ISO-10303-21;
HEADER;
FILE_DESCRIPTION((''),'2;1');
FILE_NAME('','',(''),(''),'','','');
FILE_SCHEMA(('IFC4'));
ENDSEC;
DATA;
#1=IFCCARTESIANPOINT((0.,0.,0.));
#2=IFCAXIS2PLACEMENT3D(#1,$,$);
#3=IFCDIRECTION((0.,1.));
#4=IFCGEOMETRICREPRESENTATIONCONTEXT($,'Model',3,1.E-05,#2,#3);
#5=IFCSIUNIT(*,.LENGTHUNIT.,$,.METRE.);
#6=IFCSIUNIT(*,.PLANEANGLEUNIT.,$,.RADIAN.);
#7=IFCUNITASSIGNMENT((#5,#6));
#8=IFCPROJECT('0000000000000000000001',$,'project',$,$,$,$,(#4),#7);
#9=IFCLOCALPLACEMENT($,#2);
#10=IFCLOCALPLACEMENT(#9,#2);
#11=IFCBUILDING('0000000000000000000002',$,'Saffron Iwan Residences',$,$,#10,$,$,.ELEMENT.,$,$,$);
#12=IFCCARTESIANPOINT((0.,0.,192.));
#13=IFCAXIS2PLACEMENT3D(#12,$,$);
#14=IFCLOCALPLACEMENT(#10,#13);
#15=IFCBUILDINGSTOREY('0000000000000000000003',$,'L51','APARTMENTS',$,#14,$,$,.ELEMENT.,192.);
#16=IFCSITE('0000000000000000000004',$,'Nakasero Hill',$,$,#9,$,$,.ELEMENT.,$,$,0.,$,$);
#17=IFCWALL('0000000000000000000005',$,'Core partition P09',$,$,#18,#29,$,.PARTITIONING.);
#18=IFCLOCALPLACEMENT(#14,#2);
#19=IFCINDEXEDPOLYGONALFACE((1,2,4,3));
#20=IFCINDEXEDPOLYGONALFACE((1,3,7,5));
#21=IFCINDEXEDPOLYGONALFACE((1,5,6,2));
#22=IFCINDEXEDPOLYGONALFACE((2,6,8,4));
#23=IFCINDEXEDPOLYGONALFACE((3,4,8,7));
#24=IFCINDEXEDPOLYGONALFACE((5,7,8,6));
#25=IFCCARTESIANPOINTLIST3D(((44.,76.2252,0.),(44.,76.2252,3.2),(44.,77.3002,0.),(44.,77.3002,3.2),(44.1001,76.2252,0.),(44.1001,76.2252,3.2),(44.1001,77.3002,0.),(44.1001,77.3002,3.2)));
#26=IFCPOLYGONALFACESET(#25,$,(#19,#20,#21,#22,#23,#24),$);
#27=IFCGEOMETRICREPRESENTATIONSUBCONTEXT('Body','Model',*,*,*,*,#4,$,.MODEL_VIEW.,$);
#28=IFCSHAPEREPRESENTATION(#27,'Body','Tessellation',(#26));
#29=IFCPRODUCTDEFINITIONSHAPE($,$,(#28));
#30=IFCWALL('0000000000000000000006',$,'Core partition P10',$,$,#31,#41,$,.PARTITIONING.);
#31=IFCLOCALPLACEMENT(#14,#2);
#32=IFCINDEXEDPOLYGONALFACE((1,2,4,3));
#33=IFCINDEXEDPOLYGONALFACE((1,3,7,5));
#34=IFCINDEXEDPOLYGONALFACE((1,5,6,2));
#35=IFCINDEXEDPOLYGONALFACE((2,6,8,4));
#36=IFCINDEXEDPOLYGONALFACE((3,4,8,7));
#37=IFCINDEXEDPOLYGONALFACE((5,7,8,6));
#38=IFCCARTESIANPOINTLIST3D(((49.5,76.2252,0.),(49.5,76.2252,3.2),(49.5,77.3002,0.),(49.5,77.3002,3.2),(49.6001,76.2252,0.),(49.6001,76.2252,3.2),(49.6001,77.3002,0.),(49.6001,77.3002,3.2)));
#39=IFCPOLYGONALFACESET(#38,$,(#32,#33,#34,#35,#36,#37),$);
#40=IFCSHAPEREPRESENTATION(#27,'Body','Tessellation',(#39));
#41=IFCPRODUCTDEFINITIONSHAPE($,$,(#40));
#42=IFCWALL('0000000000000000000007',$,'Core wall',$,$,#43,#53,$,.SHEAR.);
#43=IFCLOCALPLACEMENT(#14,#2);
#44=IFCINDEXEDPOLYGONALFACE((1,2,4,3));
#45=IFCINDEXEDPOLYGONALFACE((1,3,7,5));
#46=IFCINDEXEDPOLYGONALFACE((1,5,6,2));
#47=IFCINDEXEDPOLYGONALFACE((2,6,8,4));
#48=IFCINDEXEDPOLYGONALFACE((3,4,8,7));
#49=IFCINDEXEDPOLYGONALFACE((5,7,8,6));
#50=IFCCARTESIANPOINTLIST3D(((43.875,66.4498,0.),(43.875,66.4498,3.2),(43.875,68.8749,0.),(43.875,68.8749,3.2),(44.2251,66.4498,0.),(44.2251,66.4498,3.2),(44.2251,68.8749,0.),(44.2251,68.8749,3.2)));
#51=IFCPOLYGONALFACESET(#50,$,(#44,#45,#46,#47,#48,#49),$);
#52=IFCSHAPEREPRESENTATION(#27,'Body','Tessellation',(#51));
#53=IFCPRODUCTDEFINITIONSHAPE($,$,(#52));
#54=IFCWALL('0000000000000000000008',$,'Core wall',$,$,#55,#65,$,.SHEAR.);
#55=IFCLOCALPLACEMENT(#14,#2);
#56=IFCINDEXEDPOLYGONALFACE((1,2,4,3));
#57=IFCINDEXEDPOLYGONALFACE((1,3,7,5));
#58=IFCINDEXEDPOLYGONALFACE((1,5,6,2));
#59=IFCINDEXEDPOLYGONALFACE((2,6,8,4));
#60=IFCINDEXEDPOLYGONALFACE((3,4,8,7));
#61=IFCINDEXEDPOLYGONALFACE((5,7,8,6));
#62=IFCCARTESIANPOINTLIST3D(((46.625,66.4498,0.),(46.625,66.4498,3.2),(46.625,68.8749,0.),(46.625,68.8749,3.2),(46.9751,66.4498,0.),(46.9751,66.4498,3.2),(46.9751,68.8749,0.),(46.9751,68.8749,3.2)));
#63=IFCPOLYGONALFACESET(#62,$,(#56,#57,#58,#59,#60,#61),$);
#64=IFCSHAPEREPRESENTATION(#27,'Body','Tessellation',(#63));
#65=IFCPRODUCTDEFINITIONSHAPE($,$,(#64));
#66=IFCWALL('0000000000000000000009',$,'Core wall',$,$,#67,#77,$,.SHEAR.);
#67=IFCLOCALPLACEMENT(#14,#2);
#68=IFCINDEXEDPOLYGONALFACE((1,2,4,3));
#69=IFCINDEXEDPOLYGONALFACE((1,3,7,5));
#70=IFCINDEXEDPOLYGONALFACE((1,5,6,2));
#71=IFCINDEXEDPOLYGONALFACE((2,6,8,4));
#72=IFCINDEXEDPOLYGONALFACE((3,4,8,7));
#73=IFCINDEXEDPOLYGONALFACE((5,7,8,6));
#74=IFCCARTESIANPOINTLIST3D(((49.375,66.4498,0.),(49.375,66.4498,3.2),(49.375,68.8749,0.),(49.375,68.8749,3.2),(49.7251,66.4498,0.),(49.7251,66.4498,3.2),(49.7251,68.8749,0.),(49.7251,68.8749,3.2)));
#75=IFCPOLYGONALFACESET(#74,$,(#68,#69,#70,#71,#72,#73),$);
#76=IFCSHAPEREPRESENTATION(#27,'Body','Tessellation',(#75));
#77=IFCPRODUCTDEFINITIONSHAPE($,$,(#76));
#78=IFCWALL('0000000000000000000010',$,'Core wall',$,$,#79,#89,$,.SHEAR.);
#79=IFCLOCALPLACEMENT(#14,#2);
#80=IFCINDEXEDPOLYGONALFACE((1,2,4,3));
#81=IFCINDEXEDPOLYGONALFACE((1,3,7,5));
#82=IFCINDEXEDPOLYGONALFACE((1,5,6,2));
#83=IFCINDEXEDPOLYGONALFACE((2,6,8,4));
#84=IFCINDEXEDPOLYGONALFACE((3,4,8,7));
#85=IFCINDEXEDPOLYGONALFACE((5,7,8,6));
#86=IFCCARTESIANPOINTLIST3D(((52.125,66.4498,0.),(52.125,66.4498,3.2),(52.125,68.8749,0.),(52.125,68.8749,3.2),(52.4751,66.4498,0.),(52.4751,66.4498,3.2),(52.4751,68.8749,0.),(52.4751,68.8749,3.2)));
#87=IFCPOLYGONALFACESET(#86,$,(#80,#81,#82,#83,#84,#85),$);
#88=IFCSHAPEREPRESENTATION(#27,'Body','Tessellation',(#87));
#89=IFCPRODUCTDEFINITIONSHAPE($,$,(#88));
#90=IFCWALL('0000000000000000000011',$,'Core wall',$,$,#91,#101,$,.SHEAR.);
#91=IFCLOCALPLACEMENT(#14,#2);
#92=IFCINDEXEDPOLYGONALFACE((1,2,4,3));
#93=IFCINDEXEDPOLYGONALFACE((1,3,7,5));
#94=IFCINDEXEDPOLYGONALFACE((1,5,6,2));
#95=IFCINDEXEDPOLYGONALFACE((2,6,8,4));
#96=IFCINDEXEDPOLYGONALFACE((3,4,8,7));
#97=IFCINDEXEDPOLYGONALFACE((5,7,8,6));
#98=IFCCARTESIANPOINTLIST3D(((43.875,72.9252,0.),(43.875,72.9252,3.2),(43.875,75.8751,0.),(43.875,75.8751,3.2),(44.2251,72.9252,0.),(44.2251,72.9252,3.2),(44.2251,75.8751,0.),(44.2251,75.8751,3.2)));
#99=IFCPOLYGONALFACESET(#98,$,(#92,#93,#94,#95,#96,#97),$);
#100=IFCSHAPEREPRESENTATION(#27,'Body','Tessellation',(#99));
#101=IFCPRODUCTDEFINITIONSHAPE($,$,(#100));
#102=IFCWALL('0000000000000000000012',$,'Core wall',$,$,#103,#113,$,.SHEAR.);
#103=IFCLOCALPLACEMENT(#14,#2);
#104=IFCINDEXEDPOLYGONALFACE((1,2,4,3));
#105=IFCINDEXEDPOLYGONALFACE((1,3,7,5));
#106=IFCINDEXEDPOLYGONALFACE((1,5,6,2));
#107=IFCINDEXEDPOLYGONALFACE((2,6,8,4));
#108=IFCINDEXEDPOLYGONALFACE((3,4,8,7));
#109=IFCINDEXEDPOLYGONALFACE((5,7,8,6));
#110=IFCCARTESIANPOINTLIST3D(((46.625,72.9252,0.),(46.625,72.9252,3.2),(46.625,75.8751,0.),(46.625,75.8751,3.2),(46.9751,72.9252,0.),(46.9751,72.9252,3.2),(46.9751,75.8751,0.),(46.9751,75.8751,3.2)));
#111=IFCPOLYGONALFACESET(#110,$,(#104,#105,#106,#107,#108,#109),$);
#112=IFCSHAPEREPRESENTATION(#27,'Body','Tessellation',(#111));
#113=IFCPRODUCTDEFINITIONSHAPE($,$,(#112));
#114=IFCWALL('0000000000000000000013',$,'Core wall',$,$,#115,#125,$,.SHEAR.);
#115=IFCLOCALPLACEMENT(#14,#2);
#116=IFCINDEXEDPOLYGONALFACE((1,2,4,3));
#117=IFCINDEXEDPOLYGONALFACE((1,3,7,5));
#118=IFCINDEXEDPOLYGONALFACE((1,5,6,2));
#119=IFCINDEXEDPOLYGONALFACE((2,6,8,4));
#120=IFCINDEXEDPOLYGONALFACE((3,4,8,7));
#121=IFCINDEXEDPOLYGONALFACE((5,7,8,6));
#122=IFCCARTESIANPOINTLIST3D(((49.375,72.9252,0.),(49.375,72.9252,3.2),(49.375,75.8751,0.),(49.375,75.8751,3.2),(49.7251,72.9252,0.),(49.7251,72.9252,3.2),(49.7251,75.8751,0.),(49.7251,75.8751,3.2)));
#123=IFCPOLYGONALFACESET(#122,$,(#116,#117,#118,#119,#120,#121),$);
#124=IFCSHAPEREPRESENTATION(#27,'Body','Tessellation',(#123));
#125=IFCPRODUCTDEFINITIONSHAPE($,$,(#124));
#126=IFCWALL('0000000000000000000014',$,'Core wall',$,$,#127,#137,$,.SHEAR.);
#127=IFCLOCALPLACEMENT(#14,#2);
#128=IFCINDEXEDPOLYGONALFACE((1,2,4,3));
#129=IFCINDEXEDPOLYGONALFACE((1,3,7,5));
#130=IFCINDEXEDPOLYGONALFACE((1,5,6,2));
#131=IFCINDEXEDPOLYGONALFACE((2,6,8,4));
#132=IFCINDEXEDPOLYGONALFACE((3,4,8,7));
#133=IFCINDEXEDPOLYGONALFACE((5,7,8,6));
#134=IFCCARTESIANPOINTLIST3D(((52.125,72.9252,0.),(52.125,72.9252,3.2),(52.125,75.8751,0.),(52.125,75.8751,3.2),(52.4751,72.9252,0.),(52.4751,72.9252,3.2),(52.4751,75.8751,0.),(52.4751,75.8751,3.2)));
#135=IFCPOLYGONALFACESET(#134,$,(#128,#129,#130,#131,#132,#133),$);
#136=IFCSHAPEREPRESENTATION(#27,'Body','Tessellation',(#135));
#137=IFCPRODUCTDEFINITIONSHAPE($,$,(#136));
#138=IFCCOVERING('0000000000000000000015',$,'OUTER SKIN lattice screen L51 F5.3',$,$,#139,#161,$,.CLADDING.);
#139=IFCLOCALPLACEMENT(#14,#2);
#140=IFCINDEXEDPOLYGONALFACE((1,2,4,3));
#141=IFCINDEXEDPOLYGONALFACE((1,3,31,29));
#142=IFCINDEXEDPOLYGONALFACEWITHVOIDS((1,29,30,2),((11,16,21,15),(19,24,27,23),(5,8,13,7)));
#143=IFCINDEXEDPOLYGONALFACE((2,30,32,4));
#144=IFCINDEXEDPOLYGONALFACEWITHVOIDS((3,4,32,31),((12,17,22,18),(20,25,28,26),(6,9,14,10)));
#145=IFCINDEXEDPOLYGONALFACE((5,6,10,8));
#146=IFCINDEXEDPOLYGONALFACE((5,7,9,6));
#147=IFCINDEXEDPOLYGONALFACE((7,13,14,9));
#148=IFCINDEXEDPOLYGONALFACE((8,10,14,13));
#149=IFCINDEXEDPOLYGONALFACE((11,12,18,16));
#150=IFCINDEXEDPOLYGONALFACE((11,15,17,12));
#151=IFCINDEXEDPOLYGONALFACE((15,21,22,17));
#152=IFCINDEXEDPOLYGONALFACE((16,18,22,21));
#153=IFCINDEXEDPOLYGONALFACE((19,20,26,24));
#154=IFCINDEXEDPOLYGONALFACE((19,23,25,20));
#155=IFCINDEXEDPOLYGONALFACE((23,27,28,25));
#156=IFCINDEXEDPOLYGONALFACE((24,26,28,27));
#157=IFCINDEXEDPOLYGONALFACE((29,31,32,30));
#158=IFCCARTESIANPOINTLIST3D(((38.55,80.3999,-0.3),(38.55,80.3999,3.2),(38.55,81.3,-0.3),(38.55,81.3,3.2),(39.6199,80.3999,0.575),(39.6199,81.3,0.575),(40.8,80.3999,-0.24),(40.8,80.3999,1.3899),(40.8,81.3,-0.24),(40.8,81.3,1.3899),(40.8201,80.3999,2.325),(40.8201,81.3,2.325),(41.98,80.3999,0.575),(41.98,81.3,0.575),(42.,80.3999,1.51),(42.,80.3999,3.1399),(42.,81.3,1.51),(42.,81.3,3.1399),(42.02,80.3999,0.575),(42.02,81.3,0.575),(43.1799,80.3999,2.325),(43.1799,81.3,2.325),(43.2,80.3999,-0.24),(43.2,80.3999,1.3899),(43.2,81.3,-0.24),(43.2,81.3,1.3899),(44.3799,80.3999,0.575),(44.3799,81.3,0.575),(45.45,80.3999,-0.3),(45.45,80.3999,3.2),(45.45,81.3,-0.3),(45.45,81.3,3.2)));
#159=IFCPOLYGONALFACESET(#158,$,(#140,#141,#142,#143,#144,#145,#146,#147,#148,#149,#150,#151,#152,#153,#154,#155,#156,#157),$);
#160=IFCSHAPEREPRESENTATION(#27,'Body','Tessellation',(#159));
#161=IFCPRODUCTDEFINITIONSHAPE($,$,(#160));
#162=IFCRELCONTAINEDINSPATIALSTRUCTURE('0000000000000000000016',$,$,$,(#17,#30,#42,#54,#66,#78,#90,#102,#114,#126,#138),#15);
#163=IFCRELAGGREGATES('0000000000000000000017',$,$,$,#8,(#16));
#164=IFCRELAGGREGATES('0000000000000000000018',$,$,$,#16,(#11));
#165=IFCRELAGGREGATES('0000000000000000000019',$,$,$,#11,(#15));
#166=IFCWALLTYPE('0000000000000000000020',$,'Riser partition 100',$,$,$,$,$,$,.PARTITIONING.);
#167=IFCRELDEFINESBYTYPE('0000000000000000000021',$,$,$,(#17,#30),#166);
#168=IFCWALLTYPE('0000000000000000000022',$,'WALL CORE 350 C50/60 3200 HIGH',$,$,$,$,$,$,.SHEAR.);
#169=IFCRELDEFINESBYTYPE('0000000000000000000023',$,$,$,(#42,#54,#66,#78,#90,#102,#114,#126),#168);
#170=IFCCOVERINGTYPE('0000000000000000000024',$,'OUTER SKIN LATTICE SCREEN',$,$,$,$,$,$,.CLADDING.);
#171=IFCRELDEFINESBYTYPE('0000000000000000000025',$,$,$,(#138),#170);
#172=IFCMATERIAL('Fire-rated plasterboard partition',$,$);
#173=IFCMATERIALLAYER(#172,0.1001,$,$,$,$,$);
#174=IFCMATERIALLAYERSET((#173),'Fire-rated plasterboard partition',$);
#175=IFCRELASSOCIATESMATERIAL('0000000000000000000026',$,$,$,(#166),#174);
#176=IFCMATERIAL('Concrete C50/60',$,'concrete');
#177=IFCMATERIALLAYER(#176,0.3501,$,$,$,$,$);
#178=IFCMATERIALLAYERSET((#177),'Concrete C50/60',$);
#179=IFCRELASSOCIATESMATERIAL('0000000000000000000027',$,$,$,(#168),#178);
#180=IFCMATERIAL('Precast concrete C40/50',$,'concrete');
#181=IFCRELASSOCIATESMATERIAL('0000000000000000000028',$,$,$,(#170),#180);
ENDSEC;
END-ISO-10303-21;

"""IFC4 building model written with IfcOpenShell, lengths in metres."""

from ifc_helpers import new_model, si_unit, direction, frame, frame_2d, origin, place, context, subcontext, project, spatial, polyline, rectangle, outline, extrude, material, layer, layer_set, type_object, element, save


model = new_model("IFC4")

# Units and contexts
model_context = context("Model", 3, precision=1e-05, world=origin(), true_north=direction((0.0, 1.0)))
body_context = subcontext(model_context, "Body", "Model", "MODEL_VIEW")
ifc_project = project(units=[si_unit("LENGTHUNIT", "METRE"), si_unit("PLANEANGLEUNIT", "RADIAN")], contexts=[model_context])

# Site, building, storey
site_placement = place(None, origin())
site = spatial("IfcSite", under=ifc_project, at=site_placement, Name="Nakasero Hill", CompositionType="ELEMENT", RefElevation=0.0)
building_placement = place(site_placement, origin())
building = spatial("IfcBuilding", under=site, at=building_placement, Name="Saffron Iwan Residences", CompositionType="ELEMENT")
storey_placement = place(building_placement, frame((0.0, 0.0, 192.0)))
storey = spatial("IfcBuildingStorey", under=building, at=storey_placement, Name="L51", Description="APARTMENTS", CompositionType="ELEMENT", Elevation=192.0)

# Shared definitions
ifc_material_1 = material(Name="Concrete C50/60", Category="concrete")

# Shared definitions
ifc_material_2 = material(Name="Fire-rated plasterboard partition")

# Walls
ifc_layer_1 = layer(ifc_material_2, 0.1001)
ifc_layer_set_1 = layer_set([ifc_layer_1], Name="Fire-rated plasterboard partition")
wall_type_1 = type_object("IfcWallType", Name="Riser partition 100", PredefinedType="PARTITIONING", material=ifc_layer_set_1)
for number, where, z_axis, x_axis, name in (
    (1, (44.05, 76.2251, 0.0), (0.0, 0.0, 1.0), (0.0, 1.0, 0.0), "Core partition P09"),
    (2, (49.55, 76.2251, 0.0), (0.0, 0.0, 1.0), (0.0, 1.0, 0.0), "Core partition P10"),
):
    element("IfcWall", number, at=place(storey_placement, frame(where, z_axis=z_axis, x_axis=x_axis)), inside=storey, type_object=wall_type_1, Name=name, PredefinedType="PARTITIONING", context=body_context, shape_type="SweptSolid", body=[
        extrude(rectangle(XDim=1.075, YDim=0.1001, at=frame_2d((0.5376, 0.0))), origin(), (0.0, 0.0, 1.0), 3.2),
    ])
ifc_layer_2 = layer(ifc_material_1, 0.3501)
ifc_layer_set_2 = layer_set([ifc_layer_2], Name="Concrete C50/60")
wall_type_2 = type_object("IfcWallType", Name="WALL CORE 350 C50/60 3200 HIGH", PredefinedType="SHEAR", material=ifc_layer_set_2)
for number, where, z_axis, x_axis, name in (
    (3, (44.05, 66.45, 0.0), (0.0, 0.0, 1.0), (0.0, 1.0, 0.0), "Core wall"),
    (4, (46.8, 66.45, 0.0), (0.0, 0.0, 1.0), (0.0, 1.0, 0.0), "Core wall"),
    (5, (49.55, 66.45, 0.0), (0.0, 0.0, 1.0), (0.0, 1.0, 0.0), "Core wall"),
    (6, (52.3, 66.45, 0.0), (0.0, 0.0, 1.0), (0.0, 1.0, 0.0), "Core wall"),
):
    element("IfcWall", number, at=place(storey_placement, frame(where, z_axis=z_axis, x_axis=x_axis)), inside=storey, type_object=wall_type_2, Name=name, PredefinedType="SHEAR", context=body_context, shape_type="SweptSolid", body=[
        extrude(rectangle(XDim=2.425, YDim=0.3501, at=frame_2d((1.2124, 0.0))), origin(), (0.0, 0.0, 1.0), 3.2),
    ])
for number, where, z_axis, x_axis, name in (
    (7, (44.05, 72.925, 0.0), (0.0, 0.0, 1.0), (0.0, 1.0, 0.0), "Core wall"),
    (8, (46.8, 72.925, 0.0), (0.0, 0.0, 1.0), (0.0, 1.0, 0.0), "Core wall"),
    (9, (49.55, 72.925, 0.0), (0.0, 0.0, 1.0), (0.0, 1.0, 0.0), "Core wall"),
    (10, (52.3, 72.925, 0.0), (0.0, 0.0, 1.0), (0.0, 1.0, 0.0), "Core wall"),
):
    element("IfcWall", number, at=place(storey_placement, frame(where, z_axis=z_axis, x_axis=x_axis)), inside=storey, type_object=wall_type_2, Name=name, PredefinedType="SHEAR", context=body_context, shape_type="SweptSolid", body=[
        extrude(rectangle(XDim=2.95, YDim=0.3501, at=frame_2d((1.4751, 0.0))), origin(), (0.0, 0.0, 1.0), 3.2),
    ])

# Covering
ifc_material_3 = material(Name="Precast concrete C40/50", Category="concrete")
covering_type_1 = type_object("IfcCoveringType", Name="OUTER SKIN LATTICE SCREEN", PredefinedType="CLADDING", material=ifc_material_3)
covering_placement = place(storey_placement, frame((45.45, 80.3999, -0.3), z_axis=(0.0, 1.0, 0.0), x_axis=(-1.0, 0.0, 0.0)))
element("IfcCovering", 11, at=covering_placement, inside=storey, type_object=covering_type_1, Name="OUTER SKIN lattice screen L51 F5.3", PredefinedType="CLADDING", context=body_context, shape_type="SweptSolid", body=[
    extrude(outline(polyline([(0.0, 0.0), (6.8999, 0.0), (6.8999, 3.5), (0.0, 3.5), (0.0, 0.0)]), holes=[polyline([(1.0701, 0.875), (2.25, 0.0601), (3.4299, 0.875), (2.25, 1.6899), (1.0701, 0.875)]), polyline([(3.47, 0.875), (4.6499, 0.0601), (5.8301, 0.875), (4.6499, 1.6899), (3.47, 0.875)]), polyline([(2.27, 2.625), (3.45, 1.8101), (4.6299, 2.625), (3.45, 3.4399), (2.27, 2.625)])]), origin(), (0.0, 0.0, 1.0), 0.9001),
])

save(model, "model.ifc")
